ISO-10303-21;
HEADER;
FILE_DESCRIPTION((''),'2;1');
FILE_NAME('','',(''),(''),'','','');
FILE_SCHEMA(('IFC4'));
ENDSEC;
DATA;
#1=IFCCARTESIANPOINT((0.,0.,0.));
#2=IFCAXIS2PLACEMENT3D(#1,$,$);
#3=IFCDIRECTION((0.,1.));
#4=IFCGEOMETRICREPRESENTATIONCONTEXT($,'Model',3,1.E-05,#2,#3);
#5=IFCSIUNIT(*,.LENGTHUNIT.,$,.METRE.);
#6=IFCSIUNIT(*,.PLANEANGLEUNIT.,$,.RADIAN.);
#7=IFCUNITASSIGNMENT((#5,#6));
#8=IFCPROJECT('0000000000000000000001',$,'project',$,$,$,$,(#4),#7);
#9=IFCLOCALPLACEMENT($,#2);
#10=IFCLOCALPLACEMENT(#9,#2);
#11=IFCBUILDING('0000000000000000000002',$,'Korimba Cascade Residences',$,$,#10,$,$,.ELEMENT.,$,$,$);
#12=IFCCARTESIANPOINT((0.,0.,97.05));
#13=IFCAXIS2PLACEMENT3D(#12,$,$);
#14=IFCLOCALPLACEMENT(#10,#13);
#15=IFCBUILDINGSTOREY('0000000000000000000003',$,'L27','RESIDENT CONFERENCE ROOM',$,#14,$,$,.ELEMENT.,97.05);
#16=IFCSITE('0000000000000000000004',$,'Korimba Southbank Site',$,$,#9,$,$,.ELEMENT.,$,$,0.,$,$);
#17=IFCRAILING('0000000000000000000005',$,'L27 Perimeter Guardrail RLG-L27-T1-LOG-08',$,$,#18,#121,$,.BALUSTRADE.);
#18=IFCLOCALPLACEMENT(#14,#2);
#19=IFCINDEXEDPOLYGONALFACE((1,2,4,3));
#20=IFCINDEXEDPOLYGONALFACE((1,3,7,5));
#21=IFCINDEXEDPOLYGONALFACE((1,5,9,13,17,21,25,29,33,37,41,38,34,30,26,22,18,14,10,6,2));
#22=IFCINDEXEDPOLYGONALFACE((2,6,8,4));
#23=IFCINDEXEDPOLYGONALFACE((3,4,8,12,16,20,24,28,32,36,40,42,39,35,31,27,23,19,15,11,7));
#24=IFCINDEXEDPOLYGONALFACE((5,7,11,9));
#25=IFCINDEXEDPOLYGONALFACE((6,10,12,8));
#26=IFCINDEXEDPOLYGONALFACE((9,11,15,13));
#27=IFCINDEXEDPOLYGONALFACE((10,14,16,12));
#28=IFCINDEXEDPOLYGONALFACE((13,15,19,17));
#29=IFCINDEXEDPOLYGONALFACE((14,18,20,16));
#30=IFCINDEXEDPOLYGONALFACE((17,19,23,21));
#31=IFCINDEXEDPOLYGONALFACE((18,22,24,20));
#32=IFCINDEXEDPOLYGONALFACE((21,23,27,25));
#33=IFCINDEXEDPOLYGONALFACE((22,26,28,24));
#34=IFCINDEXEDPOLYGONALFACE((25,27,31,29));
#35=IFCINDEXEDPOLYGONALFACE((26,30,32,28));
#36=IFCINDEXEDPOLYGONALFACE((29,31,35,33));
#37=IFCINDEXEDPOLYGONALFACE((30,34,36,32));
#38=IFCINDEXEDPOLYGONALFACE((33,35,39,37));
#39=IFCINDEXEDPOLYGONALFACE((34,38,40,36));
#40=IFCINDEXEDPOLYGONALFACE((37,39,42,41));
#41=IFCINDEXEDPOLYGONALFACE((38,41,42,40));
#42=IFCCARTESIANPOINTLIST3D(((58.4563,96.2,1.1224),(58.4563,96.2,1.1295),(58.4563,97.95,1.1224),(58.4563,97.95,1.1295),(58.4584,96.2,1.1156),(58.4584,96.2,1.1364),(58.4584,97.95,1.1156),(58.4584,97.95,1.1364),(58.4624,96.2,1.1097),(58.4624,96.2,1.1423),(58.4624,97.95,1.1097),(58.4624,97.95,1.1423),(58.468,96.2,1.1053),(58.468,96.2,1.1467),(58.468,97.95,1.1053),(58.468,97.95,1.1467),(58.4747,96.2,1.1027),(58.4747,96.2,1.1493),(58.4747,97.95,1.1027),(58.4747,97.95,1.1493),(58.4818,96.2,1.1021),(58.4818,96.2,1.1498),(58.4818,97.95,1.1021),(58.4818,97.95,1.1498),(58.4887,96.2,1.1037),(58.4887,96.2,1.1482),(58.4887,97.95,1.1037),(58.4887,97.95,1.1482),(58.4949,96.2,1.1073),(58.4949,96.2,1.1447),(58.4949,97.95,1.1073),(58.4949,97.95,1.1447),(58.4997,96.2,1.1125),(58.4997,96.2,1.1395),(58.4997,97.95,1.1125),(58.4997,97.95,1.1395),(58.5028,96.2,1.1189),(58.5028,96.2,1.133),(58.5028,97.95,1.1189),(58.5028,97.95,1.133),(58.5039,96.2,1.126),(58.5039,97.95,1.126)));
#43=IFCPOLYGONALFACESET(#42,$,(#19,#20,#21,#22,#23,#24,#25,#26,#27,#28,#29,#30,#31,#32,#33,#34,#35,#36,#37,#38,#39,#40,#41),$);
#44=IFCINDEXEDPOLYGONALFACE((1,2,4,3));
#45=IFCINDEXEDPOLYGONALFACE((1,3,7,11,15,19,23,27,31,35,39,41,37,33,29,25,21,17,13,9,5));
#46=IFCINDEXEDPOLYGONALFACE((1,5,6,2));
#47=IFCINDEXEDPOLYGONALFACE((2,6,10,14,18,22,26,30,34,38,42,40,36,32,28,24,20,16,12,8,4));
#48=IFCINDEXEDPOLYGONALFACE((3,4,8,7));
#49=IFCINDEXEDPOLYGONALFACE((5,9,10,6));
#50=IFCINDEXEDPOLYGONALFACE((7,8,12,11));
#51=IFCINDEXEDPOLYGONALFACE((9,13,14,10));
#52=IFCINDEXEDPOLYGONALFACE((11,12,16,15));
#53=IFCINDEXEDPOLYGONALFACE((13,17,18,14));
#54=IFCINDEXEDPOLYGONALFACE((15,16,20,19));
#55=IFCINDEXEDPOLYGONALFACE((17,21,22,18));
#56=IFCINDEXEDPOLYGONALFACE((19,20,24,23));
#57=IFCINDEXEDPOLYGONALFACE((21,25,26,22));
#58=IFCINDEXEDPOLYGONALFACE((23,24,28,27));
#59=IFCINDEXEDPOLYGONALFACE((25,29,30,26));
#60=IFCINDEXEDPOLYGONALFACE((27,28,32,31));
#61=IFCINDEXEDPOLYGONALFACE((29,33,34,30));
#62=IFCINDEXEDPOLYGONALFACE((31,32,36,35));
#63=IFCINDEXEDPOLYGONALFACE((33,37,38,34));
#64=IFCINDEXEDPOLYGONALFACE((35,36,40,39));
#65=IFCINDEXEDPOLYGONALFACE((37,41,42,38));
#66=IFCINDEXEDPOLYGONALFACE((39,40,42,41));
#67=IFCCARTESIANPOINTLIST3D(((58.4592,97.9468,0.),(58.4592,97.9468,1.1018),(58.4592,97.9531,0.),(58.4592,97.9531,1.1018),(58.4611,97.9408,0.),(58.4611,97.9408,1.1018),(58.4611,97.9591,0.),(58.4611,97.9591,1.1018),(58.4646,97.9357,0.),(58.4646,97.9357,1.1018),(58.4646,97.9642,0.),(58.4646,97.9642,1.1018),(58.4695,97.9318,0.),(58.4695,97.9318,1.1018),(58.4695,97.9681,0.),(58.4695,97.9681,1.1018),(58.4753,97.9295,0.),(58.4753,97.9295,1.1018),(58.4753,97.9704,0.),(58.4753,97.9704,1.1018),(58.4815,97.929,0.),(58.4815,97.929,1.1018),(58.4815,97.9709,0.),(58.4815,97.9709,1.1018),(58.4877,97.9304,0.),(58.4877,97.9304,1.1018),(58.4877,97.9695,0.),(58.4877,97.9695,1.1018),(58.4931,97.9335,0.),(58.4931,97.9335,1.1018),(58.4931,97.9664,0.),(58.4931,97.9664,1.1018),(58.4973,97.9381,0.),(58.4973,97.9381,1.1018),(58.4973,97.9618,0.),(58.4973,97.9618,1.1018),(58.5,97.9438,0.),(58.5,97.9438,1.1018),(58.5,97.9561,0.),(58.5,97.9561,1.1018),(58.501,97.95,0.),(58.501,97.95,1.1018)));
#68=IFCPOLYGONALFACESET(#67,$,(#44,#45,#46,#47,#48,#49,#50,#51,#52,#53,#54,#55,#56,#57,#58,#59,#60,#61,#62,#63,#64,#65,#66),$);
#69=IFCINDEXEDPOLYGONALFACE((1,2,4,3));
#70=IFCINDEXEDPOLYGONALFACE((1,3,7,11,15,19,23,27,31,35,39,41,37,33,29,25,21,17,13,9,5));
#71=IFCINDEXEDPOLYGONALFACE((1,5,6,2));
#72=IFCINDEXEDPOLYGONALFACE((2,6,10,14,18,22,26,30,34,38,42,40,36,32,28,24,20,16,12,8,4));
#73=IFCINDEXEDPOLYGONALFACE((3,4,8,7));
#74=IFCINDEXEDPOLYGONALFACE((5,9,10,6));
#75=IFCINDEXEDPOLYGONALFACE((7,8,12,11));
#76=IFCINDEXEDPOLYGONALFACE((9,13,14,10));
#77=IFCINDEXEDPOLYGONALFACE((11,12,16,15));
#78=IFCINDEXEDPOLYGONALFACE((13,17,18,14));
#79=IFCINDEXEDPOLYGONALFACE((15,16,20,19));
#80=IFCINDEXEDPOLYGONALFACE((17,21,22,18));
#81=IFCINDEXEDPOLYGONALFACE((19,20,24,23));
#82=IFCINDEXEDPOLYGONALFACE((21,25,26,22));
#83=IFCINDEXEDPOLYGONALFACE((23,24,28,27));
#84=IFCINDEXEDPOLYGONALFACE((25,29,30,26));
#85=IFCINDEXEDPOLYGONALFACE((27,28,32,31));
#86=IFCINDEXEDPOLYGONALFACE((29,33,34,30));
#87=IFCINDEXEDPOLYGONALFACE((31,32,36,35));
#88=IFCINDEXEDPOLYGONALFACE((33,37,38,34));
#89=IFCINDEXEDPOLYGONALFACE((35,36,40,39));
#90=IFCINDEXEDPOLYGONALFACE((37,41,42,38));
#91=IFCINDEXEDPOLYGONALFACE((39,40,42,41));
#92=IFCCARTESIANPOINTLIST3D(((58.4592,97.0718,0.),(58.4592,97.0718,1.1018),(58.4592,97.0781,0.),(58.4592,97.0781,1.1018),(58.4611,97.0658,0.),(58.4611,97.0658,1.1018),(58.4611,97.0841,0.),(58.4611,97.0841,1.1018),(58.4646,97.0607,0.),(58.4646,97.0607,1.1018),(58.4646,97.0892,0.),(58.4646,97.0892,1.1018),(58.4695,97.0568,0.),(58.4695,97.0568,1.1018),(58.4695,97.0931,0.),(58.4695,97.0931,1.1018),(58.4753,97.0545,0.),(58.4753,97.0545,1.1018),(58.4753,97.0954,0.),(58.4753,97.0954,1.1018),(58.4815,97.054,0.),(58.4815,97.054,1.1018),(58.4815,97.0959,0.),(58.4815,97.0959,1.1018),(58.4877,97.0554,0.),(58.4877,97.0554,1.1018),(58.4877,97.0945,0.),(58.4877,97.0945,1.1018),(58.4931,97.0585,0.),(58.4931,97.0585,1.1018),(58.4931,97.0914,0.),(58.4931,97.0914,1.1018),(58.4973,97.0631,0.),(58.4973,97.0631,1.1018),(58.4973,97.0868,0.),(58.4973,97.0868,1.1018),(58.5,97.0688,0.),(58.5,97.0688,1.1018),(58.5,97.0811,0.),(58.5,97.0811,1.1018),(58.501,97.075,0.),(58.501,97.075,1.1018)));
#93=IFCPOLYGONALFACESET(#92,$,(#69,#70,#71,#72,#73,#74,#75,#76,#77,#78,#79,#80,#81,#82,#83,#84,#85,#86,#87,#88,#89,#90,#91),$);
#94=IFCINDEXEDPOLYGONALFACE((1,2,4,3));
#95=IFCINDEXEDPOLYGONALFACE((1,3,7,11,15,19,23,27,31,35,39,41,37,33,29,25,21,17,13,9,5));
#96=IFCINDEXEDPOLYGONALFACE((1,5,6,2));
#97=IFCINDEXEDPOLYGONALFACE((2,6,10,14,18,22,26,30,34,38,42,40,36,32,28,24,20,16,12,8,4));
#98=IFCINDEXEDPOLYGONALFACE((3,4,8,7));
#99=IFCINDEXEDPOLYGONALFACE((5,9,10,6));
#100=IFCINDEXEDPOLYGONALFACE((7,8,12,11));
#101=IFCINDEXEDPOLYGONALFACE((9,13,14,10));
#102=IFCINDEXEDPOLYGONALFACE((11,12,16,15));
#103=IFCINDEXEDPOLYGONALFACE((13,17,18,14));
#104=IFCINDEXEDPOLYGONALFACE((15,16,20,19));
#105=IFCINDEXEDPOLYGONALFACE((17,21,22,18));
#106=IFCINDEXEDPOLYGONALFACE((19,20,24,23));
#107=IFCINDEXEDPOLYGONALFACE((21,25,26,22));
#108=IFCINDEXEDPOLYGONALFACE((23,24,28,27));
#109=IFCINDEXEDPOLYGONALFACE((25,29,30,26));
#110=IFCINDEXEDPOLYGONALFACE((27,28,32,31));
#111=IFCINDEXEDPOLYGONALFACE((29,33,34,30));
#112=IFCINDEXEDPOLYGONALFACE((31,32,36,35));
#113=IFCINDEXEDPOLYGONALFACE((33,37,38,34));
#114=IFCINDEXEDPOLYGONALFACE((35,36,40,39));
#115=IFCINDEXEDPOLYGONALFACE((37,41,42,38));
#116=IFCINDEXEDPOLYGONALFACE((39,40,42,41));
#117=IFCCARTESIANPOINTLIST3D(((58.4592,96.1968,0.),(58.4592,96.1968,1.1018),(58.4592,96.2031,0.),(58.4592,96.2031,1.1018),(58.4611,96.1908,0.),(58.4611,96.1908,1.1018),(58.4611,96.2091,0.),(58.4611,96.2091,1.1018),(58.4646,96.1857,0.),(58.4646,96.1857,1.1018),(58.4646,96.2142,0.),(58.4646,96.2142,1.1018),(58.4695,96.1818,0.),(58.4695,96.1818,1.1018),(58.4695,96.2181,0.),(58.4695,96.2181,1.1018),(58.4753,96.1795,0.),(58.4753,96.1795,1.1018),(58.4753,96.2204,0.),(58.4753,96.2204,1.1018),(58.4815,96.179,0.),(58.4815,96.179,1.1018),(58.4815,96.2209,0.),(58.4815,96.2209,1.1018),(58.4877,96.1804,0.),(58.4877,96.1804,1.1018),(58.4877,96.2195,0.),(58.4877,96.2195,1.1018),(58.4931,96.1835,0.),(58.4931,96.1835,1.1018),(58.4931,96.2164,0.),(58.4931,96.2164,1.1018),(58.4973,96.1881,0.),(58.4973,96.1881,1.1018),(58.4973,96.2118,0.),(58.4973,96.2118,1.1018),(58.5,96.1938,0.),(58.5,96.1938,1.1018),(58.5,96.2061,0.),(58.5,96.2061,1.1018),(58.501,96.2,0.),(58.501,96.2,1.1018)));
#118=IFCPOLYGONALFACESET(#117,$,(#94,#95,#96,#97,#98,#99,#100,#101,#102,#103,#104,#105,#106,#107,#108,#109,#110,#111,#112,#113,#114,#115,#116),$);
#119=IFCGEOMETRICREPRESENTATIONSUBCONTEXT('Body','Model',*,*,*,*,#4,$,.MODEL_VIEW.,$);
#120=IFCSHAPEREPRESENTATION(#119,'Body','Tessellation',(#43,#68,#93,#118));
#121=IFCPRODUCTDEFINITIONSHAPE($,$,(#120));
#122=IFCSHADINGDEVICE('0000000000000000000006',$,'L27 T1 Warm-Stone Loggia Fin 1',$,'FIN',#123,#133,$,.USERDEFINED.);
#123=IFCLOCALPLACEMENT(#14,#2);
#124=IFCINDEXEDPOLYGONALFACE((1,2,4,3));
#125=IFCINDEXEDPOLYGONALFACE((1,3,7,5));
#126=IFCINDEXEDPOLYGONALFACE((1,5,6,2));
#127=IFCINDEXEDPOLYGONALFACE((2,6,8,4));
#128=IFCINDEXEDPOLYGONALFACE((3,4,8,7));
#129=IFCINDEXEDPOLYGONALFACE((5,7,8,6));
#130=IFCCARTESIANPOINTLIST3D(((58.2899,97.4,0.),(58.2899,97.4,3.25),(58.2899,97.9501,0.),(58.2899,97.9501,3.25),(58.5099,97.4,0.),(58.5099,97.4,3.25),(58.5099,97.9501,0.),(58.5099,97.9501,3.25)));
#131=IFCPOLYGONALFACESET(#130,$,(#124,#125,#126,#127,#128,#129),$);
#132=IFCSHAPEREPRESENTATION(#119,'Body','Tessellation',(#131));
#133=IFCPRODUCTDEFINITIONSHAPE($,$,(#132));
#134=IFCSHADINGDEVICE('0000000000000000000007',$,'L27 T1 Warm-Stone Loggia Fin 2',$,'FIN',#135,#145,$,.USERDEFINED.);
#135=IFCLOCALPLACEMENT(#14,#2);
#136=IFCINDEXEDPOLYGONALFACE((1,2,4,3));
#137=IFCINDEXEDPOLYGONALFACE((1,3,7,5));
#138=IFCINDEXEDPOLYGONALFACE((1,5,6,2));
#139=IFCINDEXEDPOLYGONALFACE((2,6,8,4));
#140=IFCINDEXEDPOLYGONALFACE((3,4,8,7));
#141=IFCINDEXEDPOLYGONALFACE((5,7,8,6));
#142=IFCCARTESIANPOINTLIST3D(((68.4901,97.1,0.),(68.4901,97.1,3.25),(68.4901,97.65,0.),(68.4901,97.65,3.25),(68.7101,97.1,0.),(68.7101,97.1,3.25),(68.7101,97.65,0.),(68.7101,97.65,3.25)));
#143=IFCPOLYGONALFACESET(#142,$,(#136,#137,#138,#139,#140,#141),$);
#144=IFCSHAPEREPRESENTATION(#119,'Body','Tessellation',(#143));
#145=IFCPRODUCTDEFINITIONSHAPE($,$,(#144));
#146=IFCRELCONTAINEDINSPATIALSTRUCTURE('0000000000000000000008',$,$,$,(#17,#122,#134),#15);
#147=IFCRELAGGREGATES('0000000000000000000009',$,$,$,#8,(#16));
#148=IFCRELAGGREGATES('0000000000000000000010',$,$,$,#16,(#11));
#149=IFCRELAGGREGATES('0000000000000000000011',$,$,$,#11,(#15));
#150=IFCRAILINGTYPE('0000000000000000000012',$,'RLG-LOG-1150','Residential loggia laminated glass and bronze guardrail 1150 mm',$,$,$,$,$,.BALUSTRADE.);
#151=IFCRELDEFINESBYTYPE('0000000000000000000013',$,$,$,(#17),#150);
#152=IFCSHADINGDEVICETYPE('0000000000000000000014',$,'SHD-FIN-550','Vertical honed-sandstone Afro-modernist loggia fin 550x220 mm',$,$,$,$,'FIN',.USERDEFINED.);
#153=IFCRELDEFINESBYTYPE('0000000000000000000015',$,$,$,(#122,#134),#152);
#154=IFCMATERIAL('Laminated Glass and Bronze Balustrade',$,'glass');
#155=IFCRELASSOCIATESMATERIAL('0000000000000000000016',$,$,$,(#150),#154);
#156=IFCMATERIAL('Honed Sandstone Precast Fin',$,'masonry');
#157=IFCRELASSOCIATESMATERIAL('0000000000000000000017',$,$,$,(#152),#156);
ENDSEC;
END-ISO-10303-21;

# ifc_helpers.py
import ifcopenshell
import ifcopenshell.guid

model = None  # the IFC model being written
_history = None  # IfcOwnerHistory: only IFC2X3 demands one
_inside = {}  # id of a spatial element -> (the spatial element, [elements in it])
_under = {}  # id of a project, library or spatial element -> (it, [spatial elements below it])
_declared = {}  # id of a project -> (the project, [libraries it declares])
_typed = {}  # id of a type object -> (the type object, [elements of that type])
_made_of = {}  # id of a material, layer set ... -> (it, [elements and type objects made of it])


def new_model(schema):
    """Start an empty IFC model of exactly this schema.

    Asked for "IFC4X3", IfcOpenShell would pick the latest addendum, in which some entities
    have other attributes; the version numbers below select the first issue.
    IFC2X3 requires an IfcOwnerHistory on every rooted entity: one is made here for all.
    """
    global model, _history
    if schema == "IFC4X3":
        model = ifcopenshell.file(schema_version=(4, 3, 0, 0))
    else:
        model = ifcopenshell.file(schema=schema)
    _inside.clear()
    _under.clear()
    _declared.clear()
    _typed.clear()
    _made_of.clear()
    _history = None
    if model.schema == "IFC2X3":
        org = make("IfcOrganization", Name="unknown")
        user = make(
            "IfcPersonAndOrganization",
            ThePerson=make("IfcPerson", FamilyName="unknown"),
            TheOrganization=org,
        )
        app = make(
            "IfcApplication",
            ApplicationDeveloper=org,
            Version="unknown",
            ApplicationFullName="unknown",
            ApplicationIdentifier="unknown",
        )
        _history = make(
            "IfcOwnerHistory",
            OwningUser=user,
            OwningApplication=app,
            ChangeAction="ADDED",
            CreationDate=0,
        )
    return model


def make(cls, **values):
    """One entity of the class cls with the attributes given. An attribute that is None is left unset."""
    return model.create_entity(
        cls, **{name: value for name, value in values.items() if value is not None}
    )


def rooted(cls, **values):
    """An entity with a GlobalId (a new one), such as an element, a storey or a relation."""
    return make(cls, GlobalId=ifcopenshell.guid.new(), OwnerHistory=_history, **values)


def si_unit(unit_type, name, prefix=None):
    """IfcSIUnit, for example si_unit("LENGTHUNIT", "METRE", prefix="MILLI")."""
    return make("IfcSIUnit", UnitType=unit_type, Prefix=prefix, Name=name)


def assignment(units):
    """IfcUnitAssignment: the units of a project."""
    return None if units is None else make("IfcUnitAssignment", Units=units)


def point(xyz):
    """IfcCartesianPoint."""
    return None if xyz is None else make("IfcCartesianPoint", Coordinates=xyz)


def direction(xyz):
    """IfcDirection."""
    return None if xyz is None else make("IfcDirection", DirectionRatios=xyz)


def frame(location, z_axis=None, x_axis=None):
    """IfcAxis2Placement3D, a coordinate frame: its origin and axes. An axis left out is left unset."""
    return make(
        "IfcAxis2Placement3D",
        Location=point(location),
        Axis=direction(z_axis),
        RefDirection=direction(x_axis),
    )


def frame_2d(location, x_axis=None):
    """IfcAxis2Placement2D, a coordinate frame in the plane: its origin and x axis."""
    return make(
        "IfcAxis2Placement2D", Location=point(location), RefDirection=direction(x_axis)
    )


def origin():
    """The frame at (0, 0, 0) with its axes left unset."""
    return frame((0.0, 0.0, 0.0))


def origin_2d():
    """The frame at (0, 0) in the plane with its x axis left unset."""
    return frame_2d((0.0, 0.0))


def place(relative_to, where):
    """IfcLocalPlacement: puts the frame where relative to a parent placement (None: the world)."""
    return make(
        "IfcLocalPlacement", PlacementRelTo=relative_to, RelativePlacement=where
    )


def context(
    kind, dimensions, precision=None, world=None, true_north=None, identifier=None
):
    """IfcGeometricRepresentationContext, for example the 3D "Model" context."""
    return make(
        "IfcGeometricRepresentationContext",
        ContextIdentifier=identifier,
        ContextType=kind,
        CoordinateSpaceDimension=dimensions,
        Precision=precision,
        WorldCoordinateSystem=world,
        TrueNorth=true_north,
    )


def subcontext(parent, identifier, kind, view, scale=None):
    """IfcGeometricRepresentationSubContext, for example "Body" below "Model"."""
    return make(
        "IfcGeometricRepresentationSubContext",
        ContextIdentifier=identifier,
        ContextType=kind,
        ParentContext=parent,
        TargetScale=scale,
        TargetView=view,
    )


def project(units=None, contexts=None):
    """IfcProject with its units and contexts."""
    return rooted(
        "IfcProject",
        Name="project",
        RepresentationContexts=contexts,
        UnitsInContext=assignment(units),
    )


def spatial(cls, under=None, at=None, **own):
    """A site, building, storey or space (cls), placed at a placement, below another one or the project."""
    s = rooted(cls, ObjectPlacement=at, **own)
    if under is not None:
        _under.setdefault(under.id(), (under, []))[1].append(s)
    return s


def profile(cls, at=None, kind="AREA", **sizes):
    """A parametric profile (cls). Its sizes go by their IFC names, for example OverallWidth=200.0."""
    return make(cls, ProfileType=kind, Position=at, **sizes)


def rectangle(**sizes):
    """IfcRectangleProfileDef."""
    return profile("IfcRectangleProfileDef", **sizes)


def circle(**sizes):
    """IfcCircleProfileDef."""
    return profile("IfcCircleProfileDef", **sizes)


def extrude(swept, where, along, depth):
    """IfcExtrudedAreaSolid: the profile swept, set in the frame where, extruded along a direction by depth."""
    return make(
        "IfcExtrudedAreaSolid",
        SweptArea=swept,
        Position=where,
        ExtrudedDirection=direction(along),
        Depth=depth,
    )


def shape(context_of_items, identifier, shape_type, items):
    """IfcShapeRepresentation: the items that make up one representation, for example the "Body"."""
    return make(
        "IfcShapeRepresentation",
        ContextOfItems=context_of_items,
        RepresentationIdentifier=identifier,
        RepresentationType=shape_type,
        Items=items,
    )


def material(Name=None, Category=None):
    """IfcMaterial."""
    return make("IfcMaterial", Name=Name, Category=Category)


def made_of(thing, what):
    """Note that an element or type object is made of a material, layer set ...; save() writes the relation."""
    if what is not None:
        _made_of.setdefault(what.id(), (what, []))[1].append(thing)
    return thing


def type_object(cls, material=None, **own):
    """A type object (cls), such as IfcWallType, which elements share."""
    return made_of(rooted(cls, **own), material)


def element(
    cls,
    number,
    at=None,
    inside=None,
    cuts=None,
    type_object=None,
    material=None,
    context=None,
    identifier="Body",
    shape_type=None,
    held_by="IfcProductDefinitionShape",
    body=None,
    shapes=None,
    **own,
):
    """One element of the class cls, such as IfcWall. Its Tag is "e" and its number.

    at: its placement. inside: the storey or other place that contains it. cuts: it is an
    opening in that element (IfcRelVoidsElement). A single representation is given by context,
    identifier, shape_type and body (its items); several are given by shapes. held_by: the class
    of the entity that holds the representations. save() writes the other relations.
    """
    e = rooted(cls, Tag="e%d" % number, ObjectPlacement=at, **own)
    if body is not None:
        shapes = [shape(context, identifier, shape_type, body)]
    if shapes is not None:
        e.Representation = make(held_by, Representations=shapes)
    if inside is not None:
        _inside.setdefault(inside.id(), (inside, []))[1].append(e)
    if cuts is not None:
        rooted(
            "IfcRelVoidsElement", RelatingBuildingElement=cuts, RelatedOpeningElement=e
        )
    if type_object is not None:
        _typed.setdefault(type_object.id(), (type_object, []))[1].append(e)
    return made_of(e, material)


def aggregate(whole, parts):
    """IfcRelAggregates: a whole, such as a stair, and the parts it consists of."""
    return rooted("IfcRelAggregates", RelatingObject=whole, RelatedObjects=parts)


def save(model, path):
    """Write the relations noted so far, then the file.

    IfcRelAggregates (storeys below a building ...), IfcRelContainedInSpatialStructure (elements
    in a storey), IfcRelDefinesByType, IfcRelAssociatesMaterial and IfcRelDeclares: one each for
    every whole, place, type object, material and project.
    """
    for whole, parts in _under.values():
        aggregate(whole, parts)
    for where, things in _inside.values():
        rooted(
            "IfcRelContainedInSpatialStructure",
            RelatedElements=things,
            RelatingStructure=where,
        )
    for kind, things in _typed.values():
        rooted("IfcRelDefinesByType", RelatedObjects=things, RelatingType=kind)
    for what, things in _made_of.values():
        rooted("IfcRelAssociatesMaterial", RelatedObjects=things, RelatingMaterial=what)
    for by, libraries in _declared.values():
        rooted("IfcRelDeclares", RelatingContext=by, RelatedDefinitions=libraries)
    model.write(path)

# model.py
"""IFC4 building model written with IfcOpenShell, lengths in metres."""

from ifc_helpers import new_model, si_unit, direction, frame, origin, origin_2d, place, context, subcontext, project, spatial, rectangle, circle, extrude, material, type_object, element, save


model = new_model("IFC4")

# Units and contexts
model_context = context("Model", 3, precision=1e-05, world=origin(), true_north=direction((0.0, 1.0)))
body_context = subcontext(model_context, "Body", "Model", "MODEL_VIEW")
ifc_project = project(units=[si_unit("LENGTHUNIT", "METRE"), si_unit("PLANEANGLEUNIT", "RADIAN")], contexts=[model_context])

# Site, building, storey
site_placement = place(None, origin())
site = spatial("IfcSite", under=ifc_project, at=site_placement, Name="Korimba Southbank Site", CompositionType="ELEMENT", RefElevation=0.0)
building_placement = place(site_placement, origin())
building = spatial("IfcBuilding", under=site, at=building_placement, Name="Korimba Cascade Residences", CompositionType="ELEMENT")
storey_placement = place(building_placement, frame((0.0, 0.0, 97.05)))
storey = spatial("IfcBuildingStorey", under=building, at=storey_placement, Name="L27", Description="RESIDENT CONFERENCE ROOM", CompositionType="ELEMENT", Elevation=97.05)

# Railing
ifc_material_1 = material(Name="Laminated Glass and Bronze Balustrade", Category="glass")
railing_type = type_object("IfcRailingType", Name="RLG-LOG-1150", Description="Residential loggia laminated glass and bronze guardrail 1150 mm", PredefinedType="BALUSTRADE", material=ifc_material_1)
railing_1_placement = place(storey_placement, frame((58.48, 97.95, 0.0)))
element("IfcRailing", 1, at=railing_1_placement, inside=storey, type_object=railing_type, Name="L27 Perimeter Guardrail RLG-L27-T1-LOG-08", PredefinedType="BALUSTRADE", context=body_context, shape_type="SweptSolid", body=[
    extrude(circle(Radius=0.0239, at=origin_2d()), frame((0.0, 0.0, 1.126), z_axis=(0.0, -1.0, 0.0), x_axis=(1.0, 0.0, 0.0)), (0.0, 0.0, 1.0), 1.75),
    extrude(circle(Radius=0.021, at=origin_2d()), origin(), (0.0, 0.0, 1.0), 1.1018),
    extrude(circle(Radius=0.021, at=origin_2d()), frame((0.0, -0.875, 0.0)), (0.0, 0.0, 1.0), 1.1018),
    extrude(circle(Radius=0.021, at=origin_2d()), frame((0.0, -1.75, 0.0)), (0.0, 0.0, 1.0), 1.1018),
])

# Shading devices
ifc_material_2 = material(Name="Honed Sandstone Precast Fin", Category="masonry")
shading_device_type = type_object("IfcShadingDeviceType", Name="SHD-FIN-550", Description="Vertical honed-sandstone Afro-modernist loggia fin 550x220 mm", ElementType="FIN", PredefinedType="USERDEFINED", material=ifc_material_2)
for number, where, z_axis, x_axis, name in (
    (2, (58.3999, 97.675, 0.0), (0.0, 0.0, 1.0), (1.0, 0.0, 0.0), "L27 T1 Warm-Stone Loggia Fin 1"),
    (3, (68.6001, 97.375, 0.0), (0.0, 0.0, 1.0), (1.0, 0.0, 0.0), "L27 T1 Warm-Stone Loggia Fin 2"),
):
    element("IfcShadingDevice", number, at=place(storey_placement, frame(where, z_axis=z_axis, x_axis=x_axis)), inside=storey, type_object=shading_device_type, Name=name, ObjectType="FIN", PredefinedType="USERDEFINED", context=body_context, shape_type="SweptSolid", body=[
        extrude(rectangle(XDim=0.22, YDim=0.55, at=origin_2d()), origin(), (0.0, 0.0, 1.0), 3.25),
    ])

save(model, "model.ifc")
